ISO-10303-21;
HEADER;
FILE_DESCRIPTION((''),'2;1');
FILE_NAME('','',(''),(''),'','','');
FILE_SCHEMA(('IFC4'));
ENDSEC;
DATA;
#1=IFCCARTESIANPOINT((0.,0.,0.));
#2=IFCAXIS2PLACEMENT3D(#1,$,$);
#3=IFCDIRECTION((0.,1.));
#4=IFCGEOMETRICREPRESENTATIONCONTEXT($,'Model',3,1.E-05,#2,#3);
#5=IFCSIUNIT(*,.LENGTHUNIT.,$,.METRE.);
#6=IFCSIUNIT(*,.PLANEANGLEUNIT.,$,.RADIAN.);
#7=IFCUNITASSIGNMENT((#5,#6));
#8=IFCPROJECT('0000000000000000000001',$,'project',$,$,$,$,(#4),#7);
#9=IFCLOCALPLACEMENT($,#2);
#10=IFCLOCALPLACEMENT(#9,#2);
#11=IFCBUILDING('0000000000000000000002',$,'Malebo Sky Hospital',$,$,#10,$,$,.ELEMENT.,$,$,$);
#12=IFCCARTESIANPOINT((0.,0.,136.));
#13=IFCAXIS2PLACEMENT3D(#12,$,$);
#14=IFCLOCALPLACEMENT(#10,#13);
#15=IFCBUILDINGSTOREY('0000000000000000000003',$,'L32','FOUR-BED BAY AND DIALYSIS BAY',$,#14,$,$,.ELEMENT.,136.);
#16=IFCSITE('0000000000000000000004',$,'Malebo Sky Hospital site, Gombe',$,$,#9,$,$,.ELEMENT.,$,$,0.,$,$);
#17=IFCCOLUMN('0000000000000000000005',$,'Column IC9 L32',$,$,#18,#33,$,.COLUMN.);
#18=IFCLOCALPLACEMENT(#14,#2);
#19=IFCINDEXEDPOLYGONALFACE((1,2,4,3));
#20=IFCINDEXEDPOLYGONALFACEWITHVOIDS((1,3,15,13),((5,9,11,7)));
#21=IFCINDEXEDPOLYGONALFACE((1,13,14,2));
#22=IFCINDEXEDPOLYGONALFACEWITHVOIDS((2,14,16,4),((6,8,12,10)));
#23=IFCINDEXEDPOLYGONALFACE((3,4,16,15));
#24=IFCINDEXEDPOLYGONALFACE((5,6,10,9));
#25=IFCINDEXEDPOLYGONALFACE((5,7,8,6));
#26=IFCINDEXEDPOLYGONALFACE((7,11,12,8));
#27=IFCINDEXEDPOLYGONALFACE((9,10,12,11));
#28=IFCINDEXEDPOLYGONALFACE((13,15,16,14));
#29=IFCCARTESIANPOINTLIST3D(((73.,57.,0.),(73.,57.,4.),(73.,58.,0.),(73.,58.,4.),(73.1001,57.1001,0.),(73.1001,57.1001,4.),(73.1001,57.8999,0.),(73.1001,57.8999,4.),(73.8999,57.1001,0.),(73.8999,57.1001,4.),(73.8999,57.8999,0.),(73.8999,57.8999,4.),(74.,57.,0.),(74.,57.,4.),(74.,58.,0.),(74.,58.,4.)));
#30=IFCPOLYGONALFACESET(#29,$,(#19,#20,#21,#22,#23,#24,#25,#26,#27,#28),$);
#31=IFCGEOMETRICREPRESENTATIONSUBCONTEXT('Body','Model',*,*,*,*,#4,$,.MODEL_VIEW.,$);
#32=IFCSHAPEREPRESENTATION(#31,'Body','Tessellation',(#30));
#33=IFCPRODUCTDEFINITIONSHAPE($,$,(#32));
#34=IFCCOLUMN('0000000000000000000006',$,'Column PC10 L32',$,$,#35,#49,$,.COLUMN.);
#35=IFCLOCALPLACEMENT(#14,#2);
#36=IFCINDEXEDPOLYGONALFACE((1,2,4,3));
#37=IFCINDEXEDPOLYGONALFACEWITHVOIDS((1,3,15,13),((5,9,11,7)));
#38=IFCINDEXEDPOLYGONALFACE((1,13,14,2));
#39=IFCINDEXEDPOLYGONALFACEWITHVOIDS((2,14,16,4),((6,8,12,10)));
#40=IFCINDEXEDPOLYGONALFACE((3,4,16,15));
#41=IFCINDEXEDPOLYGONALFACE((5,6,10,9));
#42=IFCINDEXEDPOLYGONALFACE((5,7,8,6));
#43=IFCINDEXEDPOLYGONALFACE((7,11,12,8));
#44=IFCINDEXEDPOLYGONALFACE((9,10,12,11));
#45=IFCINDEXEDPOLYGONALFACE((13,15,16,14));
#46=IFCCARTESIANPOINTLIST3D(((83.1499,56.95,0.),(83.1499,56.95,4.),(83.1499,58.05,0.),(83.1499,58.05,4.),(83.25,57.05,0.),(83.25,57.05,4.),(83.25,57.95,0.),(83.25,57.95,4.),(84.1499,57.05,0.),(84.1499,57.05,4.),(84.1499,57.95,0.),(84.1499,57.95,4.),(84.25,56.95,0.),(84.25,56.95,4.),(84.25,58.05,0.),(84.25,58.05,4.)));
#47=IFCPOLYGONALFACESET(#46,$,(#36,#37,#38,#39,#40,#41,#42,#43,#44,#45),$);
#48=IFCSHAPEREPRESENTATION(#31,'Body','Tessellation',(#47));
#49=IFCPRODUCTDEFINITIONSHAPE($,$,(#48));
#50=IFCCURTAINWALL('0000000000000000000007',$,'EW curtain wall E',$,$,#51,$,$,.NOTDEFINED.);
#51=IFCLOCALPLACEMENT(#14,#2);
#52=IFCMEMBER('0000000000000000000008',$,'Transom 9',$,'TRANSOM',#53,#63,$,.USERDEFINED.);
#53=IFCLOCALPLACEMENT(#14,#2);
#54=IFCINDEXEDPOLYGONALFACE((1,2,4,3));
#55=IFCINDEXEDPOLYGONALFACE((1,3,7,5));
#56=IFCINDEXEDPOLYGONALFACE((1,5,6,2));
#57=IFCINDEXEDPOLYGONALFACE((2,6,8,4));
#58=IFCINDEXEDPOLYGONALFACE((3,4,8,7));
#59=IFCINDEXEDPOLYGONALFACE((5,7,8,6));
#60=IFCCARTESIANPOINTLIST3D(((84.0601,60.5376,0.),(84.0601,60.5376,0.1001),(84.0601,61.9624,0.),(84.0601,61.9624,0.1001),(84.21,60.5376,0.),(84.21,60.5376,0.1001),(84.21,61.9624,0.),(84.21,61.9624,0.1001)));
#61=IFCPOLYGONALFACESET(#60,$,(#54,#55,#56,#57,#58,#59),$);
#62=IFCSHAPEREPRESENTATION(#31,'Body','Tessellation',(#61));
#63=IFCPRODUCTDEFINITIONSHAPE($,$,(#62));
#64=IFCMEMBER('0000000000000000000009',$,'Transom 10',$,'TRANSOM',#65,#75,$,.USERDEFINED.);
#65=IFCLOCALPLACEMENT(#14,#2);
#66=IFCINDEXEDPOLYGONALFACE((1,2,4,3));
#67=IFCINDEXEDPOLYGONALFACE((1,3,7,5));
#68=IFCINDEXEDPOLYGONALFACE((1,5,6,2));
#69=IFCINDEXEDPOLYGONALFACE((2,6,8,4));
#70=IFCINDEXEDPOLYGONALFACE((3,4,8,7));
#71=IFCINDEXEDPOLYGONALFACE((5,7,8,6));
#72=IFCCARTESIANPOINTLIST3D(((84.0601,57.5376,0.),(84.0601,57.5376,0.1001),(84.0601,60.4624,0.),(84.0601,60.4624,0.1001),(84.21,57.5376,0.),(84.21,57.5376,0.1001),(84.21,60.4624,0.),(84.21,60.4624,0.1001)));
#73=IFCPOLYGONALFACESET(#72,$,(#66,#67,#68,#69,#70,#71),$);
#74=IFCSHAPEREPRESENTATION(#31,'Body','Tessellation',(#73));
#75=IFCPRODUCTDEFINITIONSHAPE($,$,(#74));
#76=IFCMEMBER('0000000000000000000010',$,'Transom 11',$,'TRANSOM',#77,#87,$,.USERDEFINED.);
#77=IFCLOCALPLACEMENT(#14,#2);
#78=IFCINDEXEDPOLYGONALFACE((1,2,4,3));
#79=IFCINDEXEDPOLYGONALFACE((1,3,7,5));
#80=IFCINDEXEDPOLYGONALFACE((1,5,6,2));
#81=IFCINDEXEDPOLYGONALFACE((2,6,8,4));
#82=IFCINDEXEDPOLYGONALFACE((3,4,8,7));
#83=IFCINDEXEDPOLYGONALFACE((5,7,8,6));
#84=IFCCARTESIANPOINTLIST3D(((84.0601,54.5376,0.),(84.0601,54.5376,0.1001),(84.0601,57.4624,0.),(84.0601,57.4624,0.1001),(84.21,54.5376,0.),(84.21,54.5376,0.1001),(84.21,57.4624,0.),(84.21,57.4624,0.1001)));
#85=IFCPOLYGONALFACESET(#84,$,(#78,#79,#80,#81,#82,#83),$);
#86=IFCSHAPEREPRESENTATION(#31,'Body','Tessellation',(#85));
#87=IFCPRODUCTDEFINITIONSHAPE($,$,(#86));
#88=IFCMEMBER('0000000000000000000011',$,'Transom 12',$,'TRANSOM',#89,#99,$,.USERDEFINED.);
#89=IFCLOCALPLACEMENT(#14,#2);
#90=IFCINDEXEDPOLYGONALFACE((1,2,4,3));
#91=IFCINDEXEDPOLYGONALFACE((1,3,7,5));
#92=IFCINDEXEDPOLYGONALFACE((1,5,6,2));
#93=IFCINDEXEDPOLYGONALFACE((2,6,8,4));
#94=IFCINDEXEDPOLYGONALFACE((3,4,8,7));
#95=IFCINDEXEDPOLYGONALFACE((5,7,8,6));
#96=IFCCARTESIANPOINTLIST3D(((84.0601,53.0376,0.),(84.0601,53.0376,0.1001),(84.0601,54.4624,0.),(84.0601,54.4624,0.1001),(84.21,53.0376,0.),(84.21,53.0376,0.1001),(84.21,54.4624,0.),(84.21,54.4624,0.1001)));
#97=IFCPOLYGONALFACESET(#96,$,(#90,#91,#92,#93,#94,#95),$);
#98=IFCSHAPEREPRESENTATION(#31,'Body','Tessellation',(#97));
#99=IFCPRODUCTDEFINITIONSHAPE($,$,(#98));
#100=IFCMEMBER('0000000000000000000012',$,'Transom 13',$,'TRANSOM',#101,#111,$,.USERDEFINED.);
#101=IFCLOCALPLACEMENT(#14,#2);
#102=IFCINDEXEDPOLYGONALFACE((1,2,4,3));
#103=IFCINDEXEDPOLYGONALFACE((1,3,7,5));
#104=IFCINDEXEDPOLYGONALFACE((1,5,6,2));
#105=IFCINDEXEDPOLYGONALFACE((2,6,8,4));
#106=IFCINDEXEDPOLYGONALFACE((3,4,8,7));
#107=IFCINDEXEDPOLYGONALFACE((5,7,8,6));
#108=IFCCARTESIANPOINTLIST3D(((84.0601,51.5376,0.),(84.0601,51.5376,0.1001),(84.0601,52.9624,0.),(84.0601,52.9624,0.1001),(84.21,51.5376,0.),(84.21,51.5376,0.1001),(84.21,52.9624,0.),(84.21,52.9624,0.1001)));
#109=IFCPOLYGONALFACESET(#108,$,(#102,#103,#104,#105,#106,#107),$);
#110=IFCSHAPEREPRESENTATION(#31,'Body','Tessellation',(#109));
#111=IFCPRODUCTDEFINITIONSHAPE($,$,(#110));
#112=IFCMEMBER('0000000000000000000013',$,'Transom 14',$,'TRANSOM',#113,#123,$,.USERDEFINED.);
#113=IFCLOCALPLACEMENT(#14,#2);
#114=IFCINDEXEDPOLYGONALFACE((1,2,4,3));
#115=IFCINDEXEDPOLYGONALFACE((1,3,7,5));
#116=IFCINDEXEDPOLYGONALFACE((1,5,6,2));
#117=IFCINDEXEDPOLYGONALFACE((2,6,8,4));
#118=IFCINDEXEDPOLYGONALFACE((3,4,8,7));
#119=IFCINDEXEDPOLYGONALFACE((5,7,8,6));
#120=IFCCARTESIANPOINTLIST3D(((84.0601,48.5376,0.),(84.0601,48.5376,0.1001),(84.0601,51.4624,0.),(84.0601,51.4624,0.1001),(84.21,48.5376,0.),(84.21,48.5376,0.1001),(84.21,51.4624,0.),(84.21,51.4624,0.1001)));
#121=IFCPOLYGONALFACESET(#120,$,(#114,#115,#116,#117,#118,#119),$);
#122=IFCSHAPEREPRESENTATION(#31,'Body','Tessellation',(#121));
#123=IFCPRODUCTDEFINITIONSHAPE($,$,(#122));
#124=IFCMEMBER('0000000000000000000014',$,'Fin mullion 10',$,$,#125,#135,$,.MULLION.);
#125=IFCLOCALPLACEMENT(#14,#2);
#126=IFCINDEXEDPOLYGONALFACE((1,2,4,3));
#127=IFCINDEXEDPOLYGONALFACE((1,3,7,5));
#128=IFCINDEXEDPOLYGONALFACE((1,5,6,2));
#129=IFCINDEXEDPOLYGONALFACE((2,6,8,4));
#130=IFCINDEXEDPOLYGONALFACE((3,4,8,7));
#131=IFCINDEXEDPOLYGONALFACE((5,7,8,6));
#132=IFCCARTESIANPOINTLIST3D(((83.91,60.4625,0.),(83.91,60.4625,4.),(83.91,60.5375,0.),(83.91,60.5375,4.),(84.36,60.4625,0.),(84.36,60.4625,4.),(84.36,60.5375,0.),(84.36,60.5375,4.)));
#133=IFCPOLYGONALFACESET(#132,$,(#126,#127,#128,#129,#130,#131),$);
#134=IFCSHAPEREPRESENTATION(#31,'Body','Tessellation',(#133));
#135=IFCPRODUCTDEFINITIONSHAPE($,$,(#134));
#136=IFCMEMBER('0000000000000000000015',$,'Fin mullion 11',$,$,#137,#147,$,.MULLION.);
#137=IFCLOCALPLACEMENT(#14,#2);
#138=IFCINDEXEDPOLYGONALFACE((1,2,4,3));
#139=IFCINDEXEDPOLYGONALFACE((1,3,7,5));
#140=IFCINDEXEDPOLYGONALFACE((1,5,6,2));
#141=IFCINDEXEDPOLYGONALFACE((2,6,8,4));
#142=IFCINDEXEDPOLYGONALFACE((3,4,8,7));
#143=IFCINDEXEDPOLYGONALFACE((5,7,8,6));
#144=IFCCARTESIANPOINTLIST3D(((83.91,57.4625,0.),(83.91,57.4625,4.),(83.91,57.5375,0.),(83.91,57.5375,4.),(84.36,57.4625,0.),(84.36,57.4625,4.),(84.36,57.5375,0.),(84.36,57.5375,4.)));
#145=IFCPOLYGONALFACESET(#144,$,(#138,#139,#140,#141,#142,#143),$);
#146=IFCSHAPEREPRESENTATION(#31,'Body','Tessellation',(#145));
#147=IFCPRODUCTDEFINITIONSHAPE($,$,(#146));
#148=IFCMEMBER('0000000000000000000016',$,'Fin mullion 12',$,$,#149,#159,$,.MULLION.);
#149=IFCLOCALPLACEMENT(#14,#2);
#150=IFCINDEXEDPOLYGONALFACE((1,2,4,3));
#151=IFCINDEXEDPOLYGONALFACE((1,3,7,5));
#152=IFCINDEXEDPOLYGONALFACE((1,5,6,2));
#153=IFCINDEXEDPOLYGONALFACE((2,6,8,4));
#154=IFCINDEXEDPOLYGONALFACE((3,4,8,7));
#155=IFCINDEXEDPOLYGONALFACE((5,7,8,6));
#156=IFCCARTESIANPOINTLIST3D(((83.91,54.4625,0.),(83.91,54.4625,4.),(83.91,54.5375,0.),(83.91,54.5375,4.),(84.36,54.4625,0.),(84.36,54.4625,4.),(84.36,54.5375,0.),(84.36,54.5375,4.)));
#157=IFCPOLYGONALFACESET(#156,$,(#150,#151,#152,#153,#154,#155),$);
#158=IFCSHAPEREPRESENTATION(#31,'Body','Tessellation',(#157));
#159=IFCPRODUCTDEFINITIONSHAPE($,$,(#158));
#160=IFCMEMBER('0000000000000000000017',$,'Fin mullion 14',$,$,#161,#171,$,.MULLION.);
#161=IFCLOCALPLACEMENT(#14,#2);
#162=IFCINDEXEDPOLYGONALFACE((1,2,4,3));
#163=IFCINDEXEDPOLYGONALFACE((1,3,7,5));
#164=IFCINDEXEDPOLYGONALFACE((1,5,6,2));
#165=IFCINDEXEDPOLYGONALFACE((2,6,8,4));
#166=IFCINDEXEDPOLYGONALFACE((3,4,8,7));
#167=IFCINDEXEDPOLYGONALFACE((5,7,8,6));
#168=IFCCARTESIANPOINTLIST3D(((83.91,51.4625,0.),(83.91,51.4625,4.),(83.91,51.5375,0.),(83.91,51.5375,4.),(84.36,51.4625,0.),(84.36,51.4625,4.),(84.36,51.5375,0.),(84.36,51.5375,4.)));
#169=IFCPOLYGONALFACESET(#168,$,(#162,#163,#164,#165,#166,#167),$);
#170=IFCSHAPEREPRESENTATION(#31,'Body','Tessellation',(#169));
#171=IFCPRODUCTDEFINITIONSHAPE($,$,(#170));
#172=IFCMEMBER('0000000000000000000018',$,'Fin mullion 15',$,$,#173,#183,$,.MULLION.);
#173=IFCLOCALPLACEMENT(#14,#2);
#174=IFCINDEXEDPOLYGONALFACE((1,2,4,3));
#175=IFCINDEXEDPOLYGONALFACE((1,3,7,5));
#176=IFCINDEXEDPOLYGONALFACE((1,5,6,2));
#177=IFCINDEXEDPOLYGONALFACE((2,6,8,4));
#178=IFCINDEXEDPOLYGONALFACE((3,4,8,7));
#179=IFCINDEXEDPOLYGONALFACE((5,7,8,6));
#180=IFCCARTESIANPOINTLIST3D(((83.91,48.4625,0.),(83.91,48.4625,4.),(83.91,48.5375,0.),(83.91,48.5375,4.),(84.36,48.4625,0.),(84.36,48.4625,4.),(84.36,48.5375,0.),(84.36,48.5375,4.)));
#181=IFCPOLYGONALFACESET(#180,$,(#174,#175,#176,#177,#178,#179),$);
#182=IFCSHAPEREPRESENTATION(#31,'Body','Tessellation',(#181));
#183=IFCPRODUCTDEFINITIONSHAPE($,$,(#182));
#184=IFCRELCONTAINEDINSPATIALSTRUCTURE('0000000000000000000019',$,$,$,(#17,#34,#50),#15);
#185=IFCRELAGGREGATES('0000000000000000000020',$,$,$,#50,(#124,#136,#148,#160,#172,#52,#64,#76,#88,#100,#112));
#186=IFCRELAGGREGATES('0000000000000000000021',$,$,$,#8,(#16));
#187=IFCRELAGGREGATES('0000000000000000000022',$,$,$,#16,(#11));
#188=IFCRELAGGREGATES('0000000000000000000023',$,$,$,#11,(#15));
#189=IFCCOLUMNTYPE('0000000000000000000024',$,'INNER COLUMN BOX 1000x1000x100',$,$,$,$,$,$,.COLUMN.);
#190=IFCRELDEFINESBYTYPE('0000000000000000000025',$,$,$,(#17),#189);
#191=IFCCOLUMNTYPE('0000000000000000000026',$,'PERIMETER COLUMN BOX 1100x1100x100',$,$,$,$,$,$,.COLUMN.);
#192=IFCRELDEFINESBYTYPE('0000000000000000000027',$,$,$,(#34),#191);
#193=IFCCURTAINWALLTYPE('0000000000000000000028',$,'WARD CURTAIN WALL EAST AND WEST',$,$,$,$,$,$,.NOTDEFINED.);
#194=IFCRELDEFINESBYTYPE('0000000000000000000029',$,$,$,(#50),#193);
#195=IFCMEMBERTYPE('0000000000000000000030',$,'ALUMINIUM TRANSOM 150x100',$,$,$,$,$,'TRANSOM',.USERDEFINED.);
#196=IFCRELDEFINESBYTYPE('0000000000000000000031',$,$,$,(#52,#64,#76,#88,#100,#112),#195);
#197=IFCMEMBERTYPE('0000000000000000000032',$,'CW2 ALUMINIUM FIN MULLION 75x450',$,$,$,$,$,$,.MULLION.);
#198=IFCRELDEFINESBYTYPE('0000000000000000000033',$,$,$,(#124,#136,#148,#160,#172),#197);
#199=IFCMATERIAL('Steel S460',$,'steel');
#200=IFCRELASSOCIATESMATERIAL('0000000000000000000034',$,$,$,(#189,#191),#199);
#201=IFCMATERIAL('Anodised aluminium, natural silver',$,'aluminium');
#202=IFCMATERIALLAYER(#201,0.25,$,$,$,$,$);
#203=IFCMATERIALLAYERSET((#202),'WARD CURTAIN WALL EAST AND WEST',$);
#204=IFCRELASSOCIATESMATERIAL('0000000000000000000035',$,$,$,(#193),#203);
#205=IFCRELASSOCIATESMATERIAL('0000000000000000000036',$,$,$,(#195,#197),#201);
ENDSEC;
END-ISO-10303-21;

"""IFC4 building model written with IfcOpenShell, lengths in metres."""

from ifc_helpers import new_model, si_unit, direction, frame, origin, origin_2d, place, context, subcontext, project, spatial, rectangle, hollow_rectangle, extrude, material, layer, layer_set, material_profile, profile_set, type_object, element, aggregate, save


model = new_model("IFC4")

# Units and contexts
model_context = context("Model", 3, precision=1e-05, world=origin(), true_north=direction((0.0, 1.0)))
body_context = subcontext(model_context, "Body", "Model", "MODEL_VIEW")
ifc_project = project(units=[si_unit("LENGTHUNIT", "METRE"), si_unit("PLANEANGLEUNIT", "RADIAN")], contexts=[model_context])

# Site, building, storey
site_placement = place(None, origin())
site = spatial("IfcSite", under=ifc_project, at=site_placement, Name="Malebo Sky Hospital site, Gombe", CompositionType="ELEMENT", RefElevation=0.0)
building_placement = place(site_placement, origin())
building = spatial("IfcBuilding", under=site, at=building_placement, Name="Malebo Sky Hospital", CompositionType="ELEMENT")
storey_placement = place(building_placement, frame((0.0, 0.0, 136.0)))
storey = spatial("IfcBuildingStorey", under=building, at=storey_placement, Name="L32", Description="FOUR-BED BAY AND DIALYSIS BAY", CompositionType="ELEMENT", Elevation=136.0)

# Columns
ifc_material_1 = material(Name="Steel S460", Category="steel")
ifc_material_profile_1 = material_profile(ifc_material_1, hollow_rectangle(XDim=1.0, YDim=1.0, WallThickness=0.1001, at=origin_2d()), Name="BOX 1000x1000x100")
ifc_profile_set_1 = profile_set([ifc_material_profile_1], Name="Steel S460")
column_type_1 = type_object("IfcColumnType", Name="INNER COLUMN BOX 1000x1000x100", PredefinedType="COLUMN", material=ifc_profile_set_1)
column_1_placement = place(storey_placement, frame((73.5, 57.5, 0.0), z_axis=(0.0, 0.0, 1.0), x_axis=(1.0, 0.0, 0.0)))
element("IfcColumn", 1, at=column_1_placement, inside=storey, type_object=column_type_1, Name="Column IC9 L32", PredefinedType="COLUMN", context=body_context, shape_type="SweptSolid", body=[
    extrude(hollow_rectangle(XDim=1.0, YDim=1.0, WallThickness=0.1001, at=origin_2d()), origin(), (0.0, 0.0, 1.0), 4.0),
])
ifc_material_profile_2 = material_profile(ifc_material_1, hollow_rectangle(XDim=1.1001, YDim=1.1001, WallThickness=0.1001, at=origin_2d()), Name="BOX 1100x1100x100")
ifc_profile_set_2 = profile_set([ifc_material_profile_2], Name="Steel S460")
column_type_2 = type_object("IfcColumnType", Name="PERIMETER COLUMN BOX 1100x1100x100", PredefinedType="COLUMN", material=ifc_profile_set_2)
column_2_placement = place(storey_placement, frame((83.7, 57.5, 0.0), z_axis=(0.0, 0.0, 1.0), x_axis=(1.0, 0.0, 0.0)))
element("IfcColumn", 2, at=column_2_placement, inside=storey, type_object=column_type_2, Name="Column PC10 L32", PredefinedType="COLUMN", context=body_context, shape_type="SweptSolid", body=[
    extrude(hollow_rectangle(XDim=1.1001, YDim=1.1001, WallThickness=0.1001, at=origin_2d()), origin(), (0.0, 0.0, 1.0), 4.0),
])

# Curtain wall, members
ifc_material_2 = material(Name="Anodised aluminium, natural silver", Category="aluminium")
ifc_layer_1 = layer(ifc_material_2, 0.25)
ifc_layer_set_1 = layer_set([ifc_layer_1], Name="WARD CURTAIN WALL EAST AND WEST")
curtain_wall_type = type_object("IfcCurtainWallType", Name="WARD CURTAIN WALL EAST AND WEST", PredefinedType="NOTDEFINED", material=ifc_layer_set_1)
curtain_wall_placement = place(storey_placement, origin())
curtain_wall = element("IfcCurtainWall", 3, at=curtain_wall_placement, inside=storey, type_object=curtain_wall_type, Name="EW curtain wall E", PredefinedType="NOTDEFINED")
ifc_material_profile_3 = material_profile(ifc_material_2, rectangle(XDim=0.1499, YDim=0.1001, at=origin_2d()), Name="ALUMINIUM TRANSOM 150x100")
ifc_profile_set_3 = profile_set([ifc_material_profile_3], Name="Anodised aluminium, natural silver")
member_type_1 = type_object("IfcMemberType", Name="ALUMINIUM TRANSOM 150x100", ElementType="TRANSOM", PredefinedType="USERDEFINED", material=ifc_profile_set_3)
member_1_placement = place(storey_placement, frame((84.135, 61.9624, 0.05), z_axis=(0.0, -1.0, 0.0), x_axis=(1.0, 0.0, 0.0)))
member_1 = element("IfcMember", 4, at=member_1_placement, type_object=member_type_1, Name="Transom 9", ObjectType="TRANSOM", PredefinedType="USERDEFINED", context=body_context, shape_type="SweptSolid", body=[
    extrude(rectangle(XDim=0.1499, YDim=0.1001, at=origin_2d()), origin(), (0.0, 0.0, 1.0), 1.4248),
])
member_2_placement = place(storey_placement, frame((84.135, 60.4624, 0.05), z_axis=(0.0, -1.0, 0.0), x_axis=(1.0, 0.0, 0.0)))
member_2 = element("IfcMember", 5, at=member_2_placement, type_object=member_type_1, Name="Transom 10", ObjectType="TRANSOM", PredefinedType="USERDEFINED", context=body_context, shape_type="SweptSolid", body=[
    extrude(rectangle(XDim=0.1499, YDim=0.1001, at=origin_2d()), origin(), (0.0, 0.0, 1.0), 2.9248),
])
member_3_placement = place(storey_placement, frame((84.135, 57.4624, 0.05), z_axis=(0.0, -1.0, 0.0), x_axis=(1.0, 0.0, 0.0)))
member_3 = element("IfcMember", 6, at=member_3_placement, type_object=member_type_1, Name="Transom 11", ObjectType="TRANSOM", PredefinedType="USERDEFINED", context=body_context, shape_type="SweptSolid", body=[
    extrude(rectangle(XDim=0.1499, YDim=0.1001, at=origin_2d()), origin(), (0.0, 0.0, 1.0), 2.9248),
])
member_4_placement = place(storey_placement, frame((84.135, 54.4624, 0.05), z_axis=(0.0, -1.0, 0.0), x_axis=(1.0, 0.0, 0.0)))
member_4 = element("IfcMember", 7, at=member_4_placement, type_object=member_type_1, Name="Transom 12", ObjectType="TRANSOM", PredefinedType="USERDEFINED", context=body_context, shape_type="SweptSolid", body=[
    extrude(rectangle(XDim=0.1499, YDim=0.1001, at=origin_2d()), origin(), (0.0, 0.0, 1.0), 1.4248),
])
member_5_placement = place(storey_placement, frame((84.135, 52.9624, 0.05), z_axis=(0.0, -1.0, 0.0), x_axis=(1.0, 0.0, 0.0)))
member_5 = element("IfcMember", 8, at=member_5_placement, type_object=member_type_1, Name="Transom 13", ObjectType="TRANSOM", PredefinedType="USERDEFINED", context=body_context, shape_type="SweptSolid", body=[
    extrude(rectangle(XDim=0.1499, YDim=0.1001, at=origin_2d()), origin(), (0.0, 0.0, 1.0), 1.4248),
])
member_6_placement = place(storey_placement, frame((84.135, 51.4624, 0.05), z_axis=(0.0, -1.0, 0.0), x_axis=(1.0, 0.0, 0.0)))
member_6 = element("IfcMember", 9, at=member_6_placement, type_object=member_type_1, Name="Transom 14", ObjectType="TRANSOM", PredefinedType="USERDEFINED", context=body_context, shape_type="SweptSolid", body=[
    extrude(rectangle(XDim=0.1499, YDim=0.1001, at=origin_2d()), origin(), (0.0, 0.0, 1.0), 2.9248),
])
ifc_material_profile_4 = material_profile(ifc_material_2, rectangle(XDim=0.075, YDim=0.45, at=origin_2d()), Name="CW2 ALUMINIUM FIN MULLION 75x450")
ifc_profile_set_4 = profile_set([ifc_material_profile_4], Name="Anodised aluminium, natural silver")
member_type_2 = type_object("IfcMemberType", Name="CW2 ALUMINIUM FIN MULLION 75x450", PredefinedType="MULLION", material=ifc_profile_set_4)
member_7_placement = place(storey_placement, frame((84.135, 60.5, 0.0), z_axis=(0.0, 0.0, 1.0), x_axis=(0.0, -1.0, 0.0)))
member_7 = element("IfcMember", 10, at=member_7_placement, type_object=member_type_2, Name="Fin mullion 10", PredefinedType="MULLION", context=body_context, shape_type="SweptSolid", body=[
    extrude(rectangle(XDim=0.075, YDim=0.45, at=origin_2d()), origin(), (0.0, 0.0, 1.0), 4.0),
])
member_8_placement = place(storey_placement, frame((84.135, 57.5, 0.0), z_axis=(0.0, 0.0, 1.0), x_axis=(0.0, -1.0, 0.0)))
member_8 = element("IfcMember", 11, at=member_8_placement, type_object=member_type_2, Name="Fin mullion 11", PredefinedType="MULLION", context=body_context, shape_type="SweptSolid", body=[
    extrude(rectangle(XDim=0.075, YDim=0.45, at=origin_2d()), origin(), (0.0, 0.0, 1.0), 4.0),
])
member_9_placement = place(storey_placement, frame((84.135, 54.5, 0.0), z_axis=(0.0, 0.0, 1.0), x_axis=(0.0, -1.0, 0.0)))
member_9 = element("IfcMember", 12, at=member_9_placement, type_object=member_type_2, Name="Fin mullion 12", PredefinedType="MULLION", context=body_context, shape_type="SweptSolid", body=[
    extrude(rectangle(XDim=0.075, YDim=0.45, at=origin_2d()), origin(), (0.0, 0.0, 1.0), 4.0),
])
member_10_placement = place(storey_placement, frame((84.135, 51.5, 0.0), z_axis=(0.0, 0.0, 1.0), x_axis=(0.0, -1.0, 0.0)))
member_10 = element("IfcMember", 13, at=member_10_placement, type_object=member_type_2, Name="Fin mullion 14", PredefinedType="MULLION", context=body_context, shape_type="SweptSolid", body=[
    extrude(rectangle(XDim=0.075, YDim=0.45, at=origin_2d()), origin(), (0.0, 0.0, 1.0), 4.0),
])
member_11_placement = place(storey_placement, frame((84.135, 48.5, 0.0), z_axis=(0.0, 0.0, 1.0), x_axis=(0.0, -1.0, 0.0)))
member_11 = element("IfcMember", 14, at=member_11_placement, type_object=member_type_2, Name="Fin mullion 15", PredefinedType="MULLION", context=body_context, shape_type="SweptSolid", body=[
    extrude(rectangle(XDim=0.075, YDim=0.45, at=origin_2d()), origin(), (0.0, 0.0, 1.0), 4.0),
])

aggregate(curtain_wall, [member_7, member_8, member_9, member_10, member_11, member_1, member_2, member_3, member_4, member_5, member_6])

save(model, "model.ifc")
